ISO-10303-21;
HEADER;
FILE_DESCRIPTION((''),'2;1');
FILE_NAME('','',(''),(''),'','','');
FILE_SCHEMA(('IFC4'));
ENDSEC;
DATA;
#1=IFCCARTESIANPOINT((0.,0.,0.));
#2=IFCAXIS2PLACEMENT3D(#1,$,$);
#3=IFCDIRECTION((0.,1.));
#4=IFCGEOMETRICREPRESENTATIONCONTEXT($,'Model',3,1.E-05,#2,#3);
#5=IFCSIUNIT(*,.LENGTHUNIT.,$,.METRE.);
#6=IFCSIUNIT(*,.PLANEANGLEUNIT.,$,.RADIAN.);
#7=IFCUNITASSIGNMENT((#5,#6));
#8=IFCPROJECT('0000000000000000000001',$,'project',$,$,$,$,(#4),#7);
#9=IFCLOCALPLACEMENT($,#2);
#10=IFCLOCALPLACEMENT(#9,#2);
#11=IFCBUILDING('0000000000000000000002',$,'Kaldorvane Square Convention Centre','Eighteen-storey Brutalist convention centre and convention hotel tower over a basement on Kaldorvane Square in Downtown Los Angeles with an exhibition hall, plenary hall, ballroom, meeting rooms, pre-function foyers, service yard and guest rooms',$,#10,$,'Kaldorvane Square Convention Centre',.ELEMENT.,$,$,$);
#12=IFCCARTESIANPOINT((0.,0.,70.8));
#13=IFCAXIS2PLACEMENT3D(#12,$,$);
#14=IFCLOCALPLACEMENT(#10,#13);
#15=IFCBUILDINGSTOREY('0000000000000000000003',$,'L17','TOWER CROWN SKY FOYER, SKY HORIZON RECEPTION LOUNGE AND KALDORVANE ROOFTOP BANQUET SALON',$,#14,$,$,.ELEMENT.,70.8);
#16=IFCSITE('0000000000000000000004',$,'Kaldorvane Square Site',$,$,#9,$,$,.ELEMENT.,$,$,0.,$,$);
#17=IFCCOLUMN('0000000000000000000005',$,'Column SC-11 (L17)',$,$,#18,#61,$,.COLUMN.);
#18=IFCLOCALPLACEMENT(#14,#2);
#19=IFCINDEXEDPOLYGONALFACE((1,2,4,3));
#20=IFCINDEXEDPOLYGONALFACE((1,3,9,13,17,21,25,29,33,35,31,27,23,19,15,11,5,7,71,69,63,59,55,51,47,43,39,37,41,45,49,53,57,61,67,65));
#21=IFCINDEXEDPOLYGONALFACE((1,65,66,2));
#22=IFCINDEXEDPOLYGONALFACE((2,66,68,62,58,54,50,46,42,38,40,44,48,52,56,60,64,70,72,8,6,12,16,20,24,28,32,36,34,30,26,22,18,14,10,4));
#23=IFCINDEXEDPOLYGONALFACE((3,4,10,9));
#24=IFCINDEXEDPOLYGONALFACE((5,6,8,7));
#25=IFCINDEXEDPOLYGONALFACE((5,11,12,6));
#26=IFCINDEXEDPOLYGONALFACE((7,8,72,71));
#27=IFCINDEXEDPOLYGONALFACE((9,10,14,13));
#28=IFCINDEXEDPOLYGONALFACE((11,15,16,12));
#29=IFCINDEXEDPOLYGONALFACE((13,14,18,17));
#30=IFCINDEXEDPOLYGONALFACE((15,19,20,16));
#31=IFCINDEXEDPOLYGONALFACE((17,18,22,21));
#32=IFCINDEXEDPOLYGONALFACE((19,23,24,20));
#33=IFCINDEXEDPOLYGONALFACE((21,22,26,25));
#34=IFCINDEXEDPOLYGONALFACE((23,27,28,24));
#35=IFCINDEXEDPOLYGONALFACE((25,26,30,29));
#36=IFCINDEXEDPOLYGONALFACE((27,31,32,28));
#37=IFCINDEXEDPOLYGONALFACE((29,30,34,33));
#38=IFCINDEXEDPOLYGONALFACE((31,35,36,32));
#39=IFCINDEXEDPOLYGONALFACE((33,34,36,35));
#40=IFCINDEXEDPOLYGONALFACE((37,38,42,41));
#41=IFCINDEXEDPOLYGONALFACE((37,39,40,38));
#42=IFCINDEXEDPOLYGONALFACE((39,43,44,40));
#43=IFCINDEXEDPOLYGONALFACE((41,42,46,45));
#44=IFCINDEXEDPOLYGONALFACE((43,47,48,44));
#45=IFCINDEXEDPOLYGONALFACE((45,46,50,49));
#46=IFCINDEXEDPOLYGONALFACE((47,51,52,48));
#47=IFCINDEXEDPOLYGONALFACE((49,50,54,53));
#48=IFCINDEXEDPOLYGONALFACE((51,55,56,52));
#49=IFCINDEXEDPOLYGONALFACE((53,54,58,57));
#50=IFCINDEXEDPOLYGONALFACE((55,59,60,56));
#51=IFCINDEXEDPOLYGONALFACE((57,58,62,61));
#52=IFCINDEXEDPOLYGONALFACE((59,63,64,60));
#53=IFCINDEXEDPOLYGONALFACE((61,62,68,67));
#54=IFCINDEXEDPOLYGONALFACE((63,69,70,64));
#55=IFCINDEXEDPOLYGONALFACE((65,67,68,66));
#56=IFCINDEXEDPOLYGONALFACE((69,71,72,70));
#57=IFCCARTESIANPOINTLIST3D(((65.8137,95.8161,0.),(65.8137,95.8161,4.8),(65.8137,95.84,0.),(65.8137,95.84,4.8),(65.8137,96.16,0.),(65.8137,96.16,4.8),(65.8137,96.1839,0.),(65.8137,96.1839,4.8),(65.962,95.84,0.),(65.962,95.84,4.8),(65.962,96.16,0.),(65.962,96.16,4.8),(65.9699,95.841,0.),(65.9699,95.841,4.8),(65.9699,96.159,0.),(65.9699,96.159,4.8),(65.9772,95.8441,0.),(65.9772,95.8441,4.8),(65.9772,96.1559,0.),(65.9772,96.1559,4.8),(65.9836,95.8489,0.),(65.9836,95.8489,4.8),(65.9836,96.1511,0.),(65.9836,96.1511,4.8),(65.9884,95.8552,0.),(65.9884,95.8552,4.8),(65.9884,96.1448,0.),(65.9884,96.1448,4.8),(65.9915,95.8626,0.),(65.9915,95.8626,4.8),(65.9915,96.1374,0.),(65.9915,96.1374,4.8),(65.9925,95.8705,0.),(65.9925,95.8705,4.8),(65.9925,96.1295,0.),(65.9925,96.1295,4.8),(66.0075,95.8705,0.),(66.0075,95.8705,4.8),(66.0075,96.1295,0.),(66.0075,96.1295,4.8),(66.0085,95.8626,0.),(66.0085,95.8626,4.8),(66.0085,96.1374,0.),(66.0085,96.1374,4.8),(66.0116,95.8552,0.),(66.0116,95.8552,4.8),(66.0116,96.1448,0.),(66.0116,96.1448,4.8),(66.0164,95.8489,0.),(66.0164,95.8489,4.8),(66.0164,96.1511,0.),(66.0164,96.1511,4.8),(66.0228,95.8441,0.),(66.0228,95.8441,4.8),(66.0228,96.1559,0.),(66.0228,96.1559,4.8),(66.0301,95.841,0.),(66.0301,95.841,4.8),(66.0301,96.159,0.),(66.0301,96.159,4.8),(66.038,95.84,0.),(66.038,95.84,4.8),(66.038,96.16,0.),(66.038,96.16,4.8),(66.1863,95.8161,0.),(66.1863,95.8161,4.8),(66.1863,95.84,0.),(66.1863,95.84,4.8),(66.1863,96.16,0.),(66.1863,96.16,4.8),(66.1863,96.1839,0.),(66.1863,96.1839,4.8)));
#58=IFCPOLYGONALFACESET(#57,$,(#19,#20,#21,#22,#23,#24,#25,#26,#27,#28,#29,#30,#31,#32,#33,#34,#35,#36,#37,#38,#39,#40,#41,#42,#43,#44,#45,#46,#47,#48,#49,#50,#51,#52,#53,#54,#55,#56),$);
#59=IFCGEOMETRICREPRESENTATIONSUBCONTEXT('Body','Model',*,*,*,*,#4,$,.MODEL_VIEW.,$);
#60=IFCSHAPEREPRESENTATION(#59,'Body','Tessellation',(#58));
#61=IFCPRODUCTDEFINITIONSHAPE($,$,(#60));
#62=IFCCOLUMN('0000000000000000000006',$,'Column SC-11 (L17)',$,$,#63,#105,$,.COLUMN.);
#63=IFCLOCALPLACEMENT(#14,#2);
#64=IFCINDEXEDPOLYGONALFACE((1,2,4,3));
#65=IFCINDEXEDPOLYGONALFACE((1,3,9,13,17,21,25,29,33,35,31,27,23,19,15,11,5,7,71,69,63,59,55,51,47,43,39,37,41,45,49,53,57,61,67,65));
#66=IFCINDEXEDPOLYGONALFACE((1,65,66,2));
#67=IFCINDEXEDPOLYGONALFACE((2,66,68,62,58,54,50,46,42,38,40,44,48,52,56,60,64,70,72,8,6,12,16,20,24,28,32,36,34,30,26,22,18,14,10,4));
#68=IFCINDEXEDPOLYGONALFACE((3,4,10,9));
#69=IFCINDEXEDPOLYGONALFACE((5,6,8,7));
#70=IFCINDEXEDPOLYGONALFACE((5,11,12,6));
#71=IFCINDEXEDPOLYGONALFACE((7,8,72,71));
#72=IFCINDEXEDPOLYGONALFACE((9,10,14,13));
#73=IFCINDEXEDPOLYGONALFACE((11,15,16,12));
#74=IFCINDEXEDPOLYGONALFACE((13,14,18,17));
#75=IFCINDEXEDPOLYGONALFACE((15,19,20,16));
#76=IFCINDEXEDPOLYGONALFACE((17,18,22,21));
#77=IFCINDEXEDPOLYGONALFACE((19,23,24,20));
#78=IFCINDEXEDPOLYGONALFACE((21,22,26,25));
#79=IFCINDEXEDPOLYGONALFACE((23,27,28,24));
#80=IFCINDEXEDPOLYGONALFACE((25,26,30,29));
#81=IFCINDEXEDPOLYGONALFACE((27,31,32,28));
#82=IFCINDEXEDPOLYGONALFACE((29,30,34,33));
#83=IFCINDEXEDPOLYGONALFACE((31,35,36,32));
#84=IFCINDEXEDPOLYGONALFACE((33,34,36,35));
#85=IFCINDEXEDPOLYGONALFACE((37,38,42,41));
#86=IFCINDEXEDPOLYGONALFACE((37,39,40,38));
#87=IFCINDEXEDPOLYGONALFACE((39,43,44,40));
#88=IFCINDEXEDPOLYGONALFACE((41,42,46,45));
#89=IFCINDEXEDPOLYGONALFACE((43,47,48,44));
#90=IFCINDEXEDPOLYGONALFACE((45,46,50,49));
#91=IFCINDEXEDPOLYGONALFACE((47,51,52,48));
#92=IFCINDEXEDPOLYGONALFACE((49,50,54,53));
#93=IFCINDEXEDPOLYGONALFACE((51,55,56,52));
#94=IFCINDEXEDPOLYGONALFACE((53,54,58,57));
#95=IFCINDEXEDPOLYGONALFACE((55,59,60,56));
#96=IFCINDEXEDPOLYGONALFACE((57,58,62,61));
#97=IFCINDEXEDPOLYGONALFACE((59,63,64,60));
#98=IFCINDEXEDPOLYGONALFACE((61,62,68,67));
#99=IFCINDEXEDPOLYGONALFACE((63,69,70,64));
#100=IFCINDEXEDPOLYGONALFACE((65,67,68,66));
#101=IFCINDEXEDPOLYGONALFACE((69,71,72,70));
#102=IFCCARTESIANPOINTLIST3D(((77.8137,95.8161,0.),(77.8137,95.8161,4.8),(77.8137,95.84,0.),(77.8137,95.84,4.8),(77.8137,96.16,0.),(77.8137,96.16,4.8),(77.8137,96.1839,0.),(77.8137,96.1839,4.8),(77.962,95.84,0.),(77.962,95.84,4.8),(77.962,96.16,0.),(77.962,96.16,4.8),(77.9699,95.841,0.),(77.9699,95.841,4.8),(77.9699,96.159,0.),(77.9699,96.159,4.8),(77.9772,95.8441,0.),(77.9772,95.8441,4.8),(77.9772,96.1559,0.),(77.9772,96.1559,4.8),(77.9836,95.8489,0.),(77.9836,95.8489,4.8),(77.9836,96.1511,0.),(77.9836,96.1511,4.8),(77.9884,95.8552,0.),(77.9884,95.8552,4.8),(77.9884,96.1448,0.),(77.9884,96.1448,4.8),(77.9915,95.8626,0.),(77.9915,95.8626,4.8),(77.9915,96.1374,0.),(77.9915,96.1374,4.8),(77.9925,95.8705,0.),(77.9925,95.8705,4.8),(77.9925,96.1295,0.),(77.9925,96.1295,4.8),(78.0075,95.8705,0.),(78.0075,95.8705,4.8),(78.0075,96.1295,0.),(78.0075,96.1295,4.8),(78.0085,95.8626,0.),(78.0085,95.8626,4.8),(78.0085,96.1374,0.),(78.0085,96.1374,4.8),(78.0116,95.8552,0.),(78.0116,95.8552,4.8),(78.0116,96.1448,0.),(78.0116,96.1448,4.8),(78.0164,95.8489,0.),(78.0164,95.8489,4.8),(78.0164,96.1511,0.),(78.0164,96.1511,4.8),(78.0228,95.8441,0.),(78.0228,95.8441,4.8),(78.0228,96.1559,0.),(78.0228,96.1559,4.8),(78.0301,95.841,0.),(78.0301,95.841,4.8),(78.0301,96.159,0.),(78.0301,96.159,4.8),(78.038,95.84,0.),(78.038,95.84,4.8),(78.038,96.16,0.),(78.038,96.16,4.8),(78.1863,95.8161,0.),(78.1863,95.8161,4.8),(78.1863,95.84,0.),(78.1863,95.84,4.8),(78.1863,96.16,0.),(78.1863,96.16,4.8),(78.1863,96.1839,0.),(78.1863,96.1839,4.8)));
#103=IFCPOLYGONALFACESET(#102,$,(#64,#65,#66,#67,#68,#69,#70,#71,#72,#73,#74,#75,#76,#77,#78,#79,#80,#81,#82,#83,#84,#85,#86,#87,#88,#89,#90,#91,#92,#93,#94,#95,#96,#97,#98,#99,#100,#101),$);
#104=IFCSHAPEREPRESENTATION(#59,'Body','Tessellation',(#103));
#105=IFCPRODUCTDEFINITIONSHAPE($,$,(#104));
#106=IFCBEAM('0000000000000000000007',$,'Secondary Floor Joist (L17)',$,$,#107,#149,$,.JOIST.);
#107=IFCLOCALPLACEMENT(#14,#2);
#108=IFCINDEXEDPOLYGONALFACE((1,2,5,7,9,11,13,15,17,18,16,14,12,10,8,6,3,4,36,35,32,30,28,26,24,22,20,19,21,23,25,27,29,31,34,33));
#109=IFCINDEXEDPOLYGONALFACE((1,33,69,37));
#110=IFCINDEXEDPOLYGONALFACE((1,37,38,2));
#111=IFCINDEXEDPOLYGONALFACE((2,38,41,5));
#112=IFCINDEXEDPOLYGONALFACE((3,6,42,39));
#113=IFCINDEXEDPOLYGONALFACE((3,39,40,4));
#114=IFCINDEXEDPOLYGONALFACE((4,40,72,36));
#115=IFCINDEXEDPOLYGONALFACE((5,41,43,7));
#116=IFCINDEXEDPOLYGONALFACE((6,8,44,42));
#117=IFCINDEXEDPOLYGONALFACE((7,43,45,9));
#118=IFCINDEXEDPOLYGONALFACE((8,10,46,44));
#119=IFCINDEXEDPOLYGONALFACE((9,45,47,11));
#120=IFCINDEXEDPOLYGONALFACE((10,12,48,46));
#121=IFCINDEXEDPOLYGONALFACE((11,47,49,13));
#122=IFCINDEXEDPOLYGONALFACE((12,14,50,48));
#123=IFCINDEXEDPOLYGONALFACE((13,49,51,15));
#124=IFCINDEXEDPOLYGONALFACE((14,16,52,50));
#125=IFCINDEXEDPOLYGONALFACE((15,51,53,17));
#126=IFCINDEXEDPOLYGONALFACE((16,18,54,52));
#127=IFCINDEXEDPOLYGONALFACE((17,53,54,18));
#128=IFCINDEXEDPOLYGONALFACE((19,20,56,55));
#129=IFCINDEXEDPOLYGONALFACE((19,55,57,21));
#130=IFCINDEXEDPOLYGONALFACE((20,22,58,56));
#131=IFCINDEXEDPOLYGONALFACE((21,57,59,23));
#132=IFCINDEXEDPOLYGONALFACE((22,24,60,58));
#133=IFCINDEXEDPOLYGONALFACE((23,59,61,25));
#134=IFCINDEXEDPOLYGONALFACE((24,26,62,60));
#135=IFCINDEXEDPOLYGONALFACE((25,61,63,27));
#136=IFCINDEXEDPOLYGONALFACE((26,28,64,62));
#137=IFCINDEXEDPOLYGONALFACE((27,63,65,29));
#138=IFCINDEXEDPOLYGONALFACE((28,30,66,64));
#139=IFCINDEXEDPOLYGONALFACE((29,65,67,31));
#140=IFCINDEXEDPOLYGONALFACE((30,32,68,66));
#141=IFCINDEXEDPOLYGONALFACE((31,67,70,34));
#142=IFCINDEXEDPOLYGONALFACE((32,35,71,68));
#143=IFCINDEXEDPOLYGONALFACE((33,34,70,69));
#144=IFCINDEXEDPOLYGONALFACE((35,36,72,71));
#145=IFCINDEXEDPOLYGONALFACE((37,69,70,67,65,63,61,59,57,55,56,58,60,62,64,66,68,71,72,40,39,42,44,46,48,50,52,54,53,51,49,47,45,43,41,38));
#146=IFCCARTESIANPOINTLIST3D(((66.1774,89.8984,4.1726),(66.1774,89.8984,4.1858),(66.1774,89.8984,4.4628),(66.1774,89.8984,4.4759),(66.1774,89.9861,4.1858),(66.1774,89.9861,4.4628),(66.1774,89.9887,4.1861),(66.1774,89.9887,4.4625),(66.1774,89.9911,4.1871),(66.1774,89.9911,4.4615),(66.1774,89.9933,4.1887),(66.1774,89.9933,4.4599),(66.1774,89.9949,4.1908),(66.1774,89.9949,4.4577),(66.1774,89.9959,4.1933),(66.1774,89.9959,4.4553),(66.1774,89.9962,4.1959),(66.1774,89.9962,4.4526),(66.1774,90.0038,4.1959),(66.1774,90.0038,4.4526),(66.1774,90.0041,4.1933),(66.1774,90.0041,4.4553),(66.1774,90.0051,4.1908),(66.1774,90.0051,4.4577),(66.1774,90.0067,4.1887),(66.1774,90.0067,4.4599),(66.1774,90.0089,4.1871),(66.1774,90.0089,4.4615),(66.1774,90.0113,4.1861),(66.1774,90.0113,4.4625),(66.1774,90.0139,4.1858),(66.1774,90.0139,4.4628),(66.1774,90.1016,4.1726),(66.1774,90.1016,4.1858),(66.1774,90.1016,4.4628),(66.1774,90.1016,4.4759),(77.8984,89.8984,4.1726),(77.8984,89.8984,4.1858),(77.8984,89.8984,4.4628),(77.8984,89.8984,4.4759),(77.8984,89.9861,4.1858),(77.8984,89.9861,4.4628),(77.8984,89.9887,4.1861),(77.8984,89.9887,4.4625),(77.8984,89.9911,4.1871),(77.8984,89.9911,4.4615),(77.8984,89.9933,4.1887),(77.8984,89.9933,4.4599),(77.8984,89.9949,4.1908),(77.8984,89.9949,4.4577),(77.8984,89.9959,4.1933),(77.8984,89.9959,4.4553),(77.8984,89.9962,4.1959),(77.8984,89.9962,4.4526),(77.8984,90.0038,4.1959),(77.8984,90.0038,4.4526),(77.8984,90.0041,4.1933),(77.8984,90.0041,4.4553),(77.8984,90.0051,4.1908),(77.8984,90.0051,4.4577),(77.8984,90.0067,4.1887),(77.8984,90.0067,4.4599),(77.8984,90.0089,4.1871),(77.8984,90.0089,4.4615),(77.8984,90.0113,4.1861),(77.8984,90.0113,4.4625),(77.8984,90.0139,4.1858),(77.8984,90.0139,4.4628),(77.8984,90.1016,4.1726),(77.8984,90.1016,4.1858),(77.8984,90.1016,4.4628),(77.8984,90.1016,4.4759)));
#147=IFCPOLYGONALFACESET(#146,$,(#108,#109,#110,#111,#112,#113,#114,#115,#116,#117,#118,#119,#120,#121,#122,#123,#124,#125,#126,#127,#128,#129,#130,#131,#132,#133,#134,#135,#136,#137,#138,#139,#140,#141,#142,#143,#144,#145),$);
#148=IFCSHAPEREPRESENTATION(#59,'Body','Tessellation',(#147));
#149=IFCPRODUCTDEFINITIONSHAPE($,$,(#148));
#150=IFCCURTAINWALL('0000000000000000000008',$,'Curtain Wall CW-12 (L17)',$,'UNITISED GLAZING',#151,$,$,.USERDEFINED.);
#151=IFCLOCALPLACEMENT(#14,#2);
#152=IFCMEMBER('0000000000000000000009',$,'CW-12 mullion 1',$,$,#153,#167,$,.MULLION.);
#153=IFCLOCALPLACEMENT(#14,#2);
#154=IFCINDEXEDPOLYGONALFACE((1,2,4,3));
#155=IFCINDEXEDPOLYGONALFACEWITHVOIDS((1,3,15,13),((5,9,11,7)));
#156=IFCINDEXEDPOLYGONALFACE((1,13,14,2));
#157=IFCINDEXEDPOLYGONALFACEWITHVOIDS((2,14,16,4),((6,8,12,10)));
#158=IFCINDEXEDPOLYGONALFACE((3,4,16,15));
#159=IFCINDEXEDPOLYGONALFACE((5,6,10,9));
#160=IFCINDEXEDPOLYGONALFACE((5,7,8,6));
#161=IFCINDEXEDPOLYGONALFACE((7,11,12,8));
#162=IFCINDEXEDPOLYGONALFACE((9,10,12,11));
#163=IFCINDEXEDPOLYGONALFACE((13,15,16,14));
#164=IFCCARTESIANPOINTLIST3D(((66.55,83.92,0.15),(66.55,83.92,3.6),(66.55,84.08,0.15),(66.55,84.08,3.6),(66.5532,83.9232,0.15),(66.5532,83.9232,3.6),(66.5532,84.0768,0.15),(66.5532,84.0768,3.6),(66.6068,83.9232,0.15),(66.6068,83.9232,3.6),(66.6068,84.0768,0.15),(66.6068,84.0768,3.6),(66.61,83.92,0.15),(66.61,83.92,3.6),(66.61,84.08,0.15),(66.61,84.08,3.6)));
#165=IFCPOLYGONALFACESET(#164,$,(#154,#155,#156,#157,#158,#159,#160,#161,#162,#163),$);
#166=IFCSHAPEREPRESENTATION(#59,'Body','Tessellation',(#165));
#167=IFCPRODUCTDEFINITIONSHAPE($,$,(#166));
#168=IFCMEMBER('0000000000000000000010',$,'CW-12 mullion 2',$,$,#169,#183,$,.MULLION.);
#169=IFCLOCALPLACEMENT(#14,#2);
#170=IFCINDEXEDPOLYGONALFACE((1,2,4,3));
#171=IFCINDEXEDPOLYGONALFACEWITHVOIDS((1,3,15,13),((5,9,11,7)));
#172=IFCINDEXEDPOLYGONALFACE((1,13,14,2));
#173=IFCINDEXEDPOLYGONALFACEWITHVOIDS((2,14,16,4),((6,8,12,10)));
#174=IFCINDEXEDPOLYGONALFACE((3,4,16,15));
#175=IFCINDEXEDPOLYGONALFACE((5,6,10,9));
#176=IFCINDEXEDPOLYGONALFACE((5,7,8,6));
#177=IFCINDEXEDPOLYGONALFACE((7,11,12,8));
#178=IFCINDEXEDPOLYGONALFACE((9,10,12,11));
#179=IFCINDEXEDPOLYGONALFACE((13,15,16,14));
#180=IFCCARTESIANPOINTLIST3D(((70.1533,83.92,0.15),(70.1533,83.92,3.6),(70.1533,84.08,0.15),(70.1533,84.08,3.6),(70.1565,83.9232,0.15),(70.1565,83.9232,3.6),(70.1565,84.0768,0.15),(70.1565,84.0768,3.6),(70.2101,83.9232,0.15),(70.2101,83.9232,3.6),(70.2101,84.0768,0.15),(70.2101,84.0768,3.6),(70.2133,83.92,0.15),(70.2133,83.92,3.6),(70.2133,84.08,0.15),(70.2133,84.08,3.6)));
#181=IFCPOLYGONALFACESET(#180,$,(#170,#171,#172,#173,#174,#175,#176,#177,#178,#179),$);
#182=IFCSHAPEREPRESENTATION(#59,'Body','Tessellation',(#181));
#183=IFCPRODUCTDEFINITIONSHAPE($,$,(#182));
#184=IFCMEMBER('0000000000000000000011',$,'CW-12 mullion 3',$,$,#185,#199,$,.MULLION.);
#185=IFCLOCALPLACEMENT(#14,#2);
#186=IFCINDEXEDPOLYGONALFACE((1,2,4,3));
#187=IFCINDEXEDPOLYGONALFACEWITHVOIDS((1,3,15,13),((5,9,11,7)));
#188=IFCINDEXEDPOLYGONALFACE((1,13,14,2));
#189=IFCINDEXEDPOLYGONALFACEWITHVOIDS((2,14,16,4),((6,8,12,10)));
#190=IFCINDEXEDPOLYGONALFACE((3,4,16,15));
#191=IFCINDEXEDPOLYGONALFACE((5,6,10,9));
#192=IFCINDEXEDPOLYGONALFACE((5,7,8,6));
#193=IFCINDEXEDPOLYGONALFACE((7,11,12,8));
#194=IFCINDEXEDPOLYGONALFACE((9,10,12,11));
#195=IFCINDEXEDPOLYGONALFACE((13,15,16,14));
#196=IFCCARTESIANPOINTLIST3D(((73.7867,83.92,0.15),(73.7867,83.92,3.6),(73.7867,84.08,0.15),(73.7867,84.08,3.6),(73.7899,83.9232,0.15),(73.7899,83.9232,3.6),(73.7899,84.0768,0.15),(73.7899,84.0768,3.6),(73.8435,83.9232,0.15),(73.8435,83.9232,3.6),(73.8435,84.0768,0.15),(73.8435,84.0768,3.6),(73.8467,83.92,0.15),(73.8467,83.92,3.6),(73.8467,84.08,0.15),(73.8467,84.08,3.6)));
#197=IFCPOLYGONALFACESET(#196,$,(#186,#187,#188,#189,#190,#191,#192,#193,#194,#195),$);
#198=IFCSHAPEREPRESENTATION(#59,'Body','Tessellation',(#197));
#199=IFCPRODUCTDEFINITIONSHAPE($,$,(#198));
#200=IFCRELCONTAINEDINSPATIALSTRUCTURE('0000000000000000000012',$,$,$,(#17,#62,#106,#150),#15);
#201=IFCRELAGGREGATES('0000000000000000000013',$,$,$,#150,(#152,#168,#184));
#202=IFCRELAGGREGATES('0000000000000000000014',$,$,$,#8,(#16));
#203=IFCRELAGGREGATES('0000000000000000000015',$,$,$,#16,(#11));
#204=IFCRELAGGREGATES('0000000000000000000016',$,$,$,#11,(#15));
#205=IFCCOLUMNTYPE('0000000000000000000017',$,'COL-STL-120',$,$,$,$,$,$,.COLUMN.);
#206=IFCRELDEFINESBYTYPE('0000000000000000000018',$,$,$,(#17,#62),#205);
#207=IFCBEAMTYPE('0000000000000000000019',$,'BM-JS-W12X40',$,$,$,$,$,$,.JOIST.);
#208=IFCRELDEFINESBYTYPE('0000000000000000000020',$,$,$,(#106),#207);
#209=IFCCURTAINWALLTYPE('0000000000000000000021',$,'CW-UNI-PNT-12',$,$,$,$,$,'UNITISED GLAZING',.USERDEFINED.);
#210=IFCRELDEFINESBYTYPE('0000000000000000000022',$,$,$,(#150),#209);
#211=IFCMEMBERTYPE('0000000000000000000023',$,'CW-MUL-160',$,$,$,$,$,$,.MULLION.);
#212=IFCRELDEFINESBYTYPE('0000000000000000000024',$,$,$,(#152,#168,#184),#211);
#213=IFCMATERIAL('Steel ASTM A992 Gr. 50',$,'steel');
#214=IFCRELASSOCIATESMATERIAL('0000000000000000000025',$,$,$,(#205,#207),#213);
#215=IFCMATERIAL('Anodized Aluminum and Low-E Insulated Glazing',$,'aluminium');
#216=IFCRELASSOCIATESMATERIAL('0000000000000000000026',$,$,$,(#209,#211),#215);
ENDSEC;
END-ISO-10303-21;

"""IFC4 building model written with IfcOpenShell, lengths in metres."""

from ifc_helpers import new_model, si_unit, direction, frame, origin, origin_2d, place, context, subcontext, project, spatial, hollow_rectangle, i_section, extrude, material, material_profile, profile_set, type_object, element, aggregate, save


model = new_model("IFC4")

# Units and contexts
model_context = context("Model", 3, precision=1e-05, world=origin(), true_north=direction((0.0, 1.0)))
body_context = subcontext(model_context, "Body", "Model", "MODEL_VIEW")
ifc_project = project(units=[si_unit("LENGTHUNIT", "METRE"), si_unit("PLANEANGLEUNIT", "RADIAN")], contexts=[model_context])

# Site, building, storey
site_placement = place(None, origin())
site = spatial("IfcSite", under=ifc_project, at=site_placement, Name="Kaldorvane Square Site", CompositionType="ELEMENT", RefElevation=0.0)
building_placement = place(site_placement, origin())
building = spatial("IfcBuilding", under=site, at=building_placement, Name="Kaldorvane Square Convention Centre", Description="Eighteen-storey Brutalist convention centre and convention hotel tower over a basement on Kaldorvane Square in Downtown Los Angeles with an exhibition hall, plenary hall, ballroom, meeting rooms, pre-function foyers, service yard and guest rooms", LongName="Kaldorvane Square Convention Centre", CompositionType="ELEMENT")
storey_placement = place(building_placement, frame((0.0, 0.0, 70.8)))
storey = spatial("IfcBuildingStorey", under=building, at=storey_placement, Name="L17", Description="TOWER CROWN SKY FOYER, SKY HORIZON RECEPTION LOUNGE AND KALDORVANE ROOFTOP BANQUET SALON", CompositionType="ELEMENT", Elevation=70.8)

# Columns
ifc_material_1 = material(Name="Steel ASTM A992 Gr. 50", Category="steel")
ifc_material_profile_1 = material_profile(ifc_material_1, i_section(OverallWidth=0.3726, OverallDepth=0.3678, WebThickness=0.015, FlangeThickness=0.0239, FilletRadius=0.0305, at=origin_2d()), Name="W14X120")
ifc_profile_set_1 = profile_set([ifc_material_profile_1], Name="Steel ASTM A992 Gr. 50")
column_type = type_object("IfcColumnType", Name="COL-STL-120", PredefinedType="COLUMN", material=ifc_profile_set_1)
for number, where, z_axis, x_axis, name in (
    (1, (66.0, 96.0, 0.0), (0.0, 0.0, 1.0), (1.0, 0.0, 0.0), "Column SC-11 (L17)"),
    (2, (78.0, 96.0, 0.0), (0.0, 0.0, 1.0), (1.0, 0.0, 0.0), "Column SC-11 (L17)"),
):
    element("IfcColumn", number, at=place(storey_placement, frame(where, z_axis=z_axis, x_axis=x_axis)), inside=storey, type_object=column_type, Name=name, PredefinedType="COLUMN", context=body_context, shape_type="SweptSolid", body=[
        extrude(i_section(OverallWidth=0.3726, OverallDepth=0.3678, WebThickness=0.015, FlangeThickness=0.0239, FilletRadius=0.0305, at=origin_2d()), origin(), (0.0, 0.0, 1.0), 4.8),
    ])

# Beam
ifc_material_profile_2 = material_profile(ifc_material_1, i_section(OverallWidth=0.2033, OverallDepth=0.3033, WebThickness=0.0075, FlangeThickness=0.0131, FilletRadius=0.0102, at=origin_2d()), Name="W12X40")
ifc_profile_set_2 = profile_set([ifc_material_profile_2], Name="Steel ASTM A992 Gr. 50")
beam_type = type_object("IfcBeamType", Name="BM-JS-W12X40", PredefinedType="JOIST", material=ifc_profile_set_2)
beam_placement = place(storey_placement, frame((66.1774, 90.0, 4.3243), z_axis=(1.0, 0.0, 0.0), x_axis=(0.0, 1.0, 0.0)))
element("IfcBeam", 3, at=beam_placement, inside=storey, type_object=beam_type, Name="Secondary Floor Joist (L17)", PredefinedType="JOIST", context=body_context, shape_type="SweptSolid", body=[
    extrude(i_section(OverallWidth=0.2033, OverallDepth=0.3033, WebThickness=0.0075, FlangeThickness=0.0131, FilletRadius=0.0102, at=origin_2d()), origin(), (0.0, 0.0, 1.0), 11.721),
])

# Curtain wall, members
ifc_material_2 = material(Name="Anodized Aluminum and Low-E Insulated Glazing", Category="aluminium")
curtain_wall_type = type_object("IfcCurtainWallType", Name="CW-UNI-PNT-12", ElementType="UNITISED GLAZING", PredefinedType="USERDEFINED", material=ifc_material_2)
curtain_wall_1_placement = place(storey_placement, origin())
curtain_wall_1 = element("IfcCurtainWall", 4, at=curtain_wall_1_placement, inside=storey, type_object=curtain_wall_type, Name="Curtain Wall CW-12 (L17)", ObjectType="UNITISED GLAZING", PredefinedType="USERDEFINED")
ifc_material_profile_3 = material_profile(ifc_material_2, hollow_rectangle(XDim=0.06, YDim=0.16, WallThickness=0.0032, at=origin_2d()), Name="CWM-160X60")
ifc_profile_set_3 = profile_set([ifc_material_profile_3], Name="Anodized Aluminum and Low-E Insulated Glazing")
member_type_1 = type_object("IfcMemberType", Name="CW-MUL-160", PredefinedType="MULLION", material=ifc_profile_set_3)
member_1_placement = place(storey_placement, frame((66.58, 84.0, 0.15), z_axis=(0.0, 0.0, 1.0), x_axis=(1.0, 0.0, 0.0)))
member_1 = element("IfcMember", 5, at=member_1_placement, type_object=member_type_1, Name="CW-12 mullion 1", PredefinedType="MULLION", context=body_context, shape_type="SweptSolid", body=[
    extrude(hollow_rectangle(XDim=0.06, YDim=0.16, WallThickness=0.0032, at=origin_2d()), origin(), (0.0, 0.0, 1.0), 3.45),
])
member_2_placement = place(storey_placement, frame((70.1833, 84.0, 0.15), z_axis=(0.0, 0.0, 1.0), x_axis=(1.0, 0.0, 0.0)))
member_2 = element("IfcMember", 6, at=member_2_placement, type_object=member_type_1, Name="CW-12 mullion 2", PredefinedType="MULLION", context=body_context, shape_type="SweptSolid", body=[
    extrude(hollow_rectangle(XDim=0.06, YDim=0.16, WallThickness=0.0032, at=origin_2d()), origin(), (0.0, 0.0, 1.0), 3.45),
])
member_3_placement = place(storey_placement, frame((73.8167, 84.0, 0.15), z_axis=(0.0, 0.0, 1.0), x_axis=(1.0, 0.0, 0.0)))
member_3 = element("IfcMember", 7, at=member_3_placement, type_object=member_type_1, Name="CW-12 mullion 3", PredefinedType="MULLION", context=body_context, shape_type="SweptSolid", body=[
    extrude(hollow_rectangle(XDim=0.06, YDim=0.16, WallThickness=0.0032, at=origin_2d()), origin(), (0.0, 0.0, 1.0), 3.45),
])

aggregate(curtain_wall_1, [member_1, member_2, member_3])

save(model, "model.ifc")
